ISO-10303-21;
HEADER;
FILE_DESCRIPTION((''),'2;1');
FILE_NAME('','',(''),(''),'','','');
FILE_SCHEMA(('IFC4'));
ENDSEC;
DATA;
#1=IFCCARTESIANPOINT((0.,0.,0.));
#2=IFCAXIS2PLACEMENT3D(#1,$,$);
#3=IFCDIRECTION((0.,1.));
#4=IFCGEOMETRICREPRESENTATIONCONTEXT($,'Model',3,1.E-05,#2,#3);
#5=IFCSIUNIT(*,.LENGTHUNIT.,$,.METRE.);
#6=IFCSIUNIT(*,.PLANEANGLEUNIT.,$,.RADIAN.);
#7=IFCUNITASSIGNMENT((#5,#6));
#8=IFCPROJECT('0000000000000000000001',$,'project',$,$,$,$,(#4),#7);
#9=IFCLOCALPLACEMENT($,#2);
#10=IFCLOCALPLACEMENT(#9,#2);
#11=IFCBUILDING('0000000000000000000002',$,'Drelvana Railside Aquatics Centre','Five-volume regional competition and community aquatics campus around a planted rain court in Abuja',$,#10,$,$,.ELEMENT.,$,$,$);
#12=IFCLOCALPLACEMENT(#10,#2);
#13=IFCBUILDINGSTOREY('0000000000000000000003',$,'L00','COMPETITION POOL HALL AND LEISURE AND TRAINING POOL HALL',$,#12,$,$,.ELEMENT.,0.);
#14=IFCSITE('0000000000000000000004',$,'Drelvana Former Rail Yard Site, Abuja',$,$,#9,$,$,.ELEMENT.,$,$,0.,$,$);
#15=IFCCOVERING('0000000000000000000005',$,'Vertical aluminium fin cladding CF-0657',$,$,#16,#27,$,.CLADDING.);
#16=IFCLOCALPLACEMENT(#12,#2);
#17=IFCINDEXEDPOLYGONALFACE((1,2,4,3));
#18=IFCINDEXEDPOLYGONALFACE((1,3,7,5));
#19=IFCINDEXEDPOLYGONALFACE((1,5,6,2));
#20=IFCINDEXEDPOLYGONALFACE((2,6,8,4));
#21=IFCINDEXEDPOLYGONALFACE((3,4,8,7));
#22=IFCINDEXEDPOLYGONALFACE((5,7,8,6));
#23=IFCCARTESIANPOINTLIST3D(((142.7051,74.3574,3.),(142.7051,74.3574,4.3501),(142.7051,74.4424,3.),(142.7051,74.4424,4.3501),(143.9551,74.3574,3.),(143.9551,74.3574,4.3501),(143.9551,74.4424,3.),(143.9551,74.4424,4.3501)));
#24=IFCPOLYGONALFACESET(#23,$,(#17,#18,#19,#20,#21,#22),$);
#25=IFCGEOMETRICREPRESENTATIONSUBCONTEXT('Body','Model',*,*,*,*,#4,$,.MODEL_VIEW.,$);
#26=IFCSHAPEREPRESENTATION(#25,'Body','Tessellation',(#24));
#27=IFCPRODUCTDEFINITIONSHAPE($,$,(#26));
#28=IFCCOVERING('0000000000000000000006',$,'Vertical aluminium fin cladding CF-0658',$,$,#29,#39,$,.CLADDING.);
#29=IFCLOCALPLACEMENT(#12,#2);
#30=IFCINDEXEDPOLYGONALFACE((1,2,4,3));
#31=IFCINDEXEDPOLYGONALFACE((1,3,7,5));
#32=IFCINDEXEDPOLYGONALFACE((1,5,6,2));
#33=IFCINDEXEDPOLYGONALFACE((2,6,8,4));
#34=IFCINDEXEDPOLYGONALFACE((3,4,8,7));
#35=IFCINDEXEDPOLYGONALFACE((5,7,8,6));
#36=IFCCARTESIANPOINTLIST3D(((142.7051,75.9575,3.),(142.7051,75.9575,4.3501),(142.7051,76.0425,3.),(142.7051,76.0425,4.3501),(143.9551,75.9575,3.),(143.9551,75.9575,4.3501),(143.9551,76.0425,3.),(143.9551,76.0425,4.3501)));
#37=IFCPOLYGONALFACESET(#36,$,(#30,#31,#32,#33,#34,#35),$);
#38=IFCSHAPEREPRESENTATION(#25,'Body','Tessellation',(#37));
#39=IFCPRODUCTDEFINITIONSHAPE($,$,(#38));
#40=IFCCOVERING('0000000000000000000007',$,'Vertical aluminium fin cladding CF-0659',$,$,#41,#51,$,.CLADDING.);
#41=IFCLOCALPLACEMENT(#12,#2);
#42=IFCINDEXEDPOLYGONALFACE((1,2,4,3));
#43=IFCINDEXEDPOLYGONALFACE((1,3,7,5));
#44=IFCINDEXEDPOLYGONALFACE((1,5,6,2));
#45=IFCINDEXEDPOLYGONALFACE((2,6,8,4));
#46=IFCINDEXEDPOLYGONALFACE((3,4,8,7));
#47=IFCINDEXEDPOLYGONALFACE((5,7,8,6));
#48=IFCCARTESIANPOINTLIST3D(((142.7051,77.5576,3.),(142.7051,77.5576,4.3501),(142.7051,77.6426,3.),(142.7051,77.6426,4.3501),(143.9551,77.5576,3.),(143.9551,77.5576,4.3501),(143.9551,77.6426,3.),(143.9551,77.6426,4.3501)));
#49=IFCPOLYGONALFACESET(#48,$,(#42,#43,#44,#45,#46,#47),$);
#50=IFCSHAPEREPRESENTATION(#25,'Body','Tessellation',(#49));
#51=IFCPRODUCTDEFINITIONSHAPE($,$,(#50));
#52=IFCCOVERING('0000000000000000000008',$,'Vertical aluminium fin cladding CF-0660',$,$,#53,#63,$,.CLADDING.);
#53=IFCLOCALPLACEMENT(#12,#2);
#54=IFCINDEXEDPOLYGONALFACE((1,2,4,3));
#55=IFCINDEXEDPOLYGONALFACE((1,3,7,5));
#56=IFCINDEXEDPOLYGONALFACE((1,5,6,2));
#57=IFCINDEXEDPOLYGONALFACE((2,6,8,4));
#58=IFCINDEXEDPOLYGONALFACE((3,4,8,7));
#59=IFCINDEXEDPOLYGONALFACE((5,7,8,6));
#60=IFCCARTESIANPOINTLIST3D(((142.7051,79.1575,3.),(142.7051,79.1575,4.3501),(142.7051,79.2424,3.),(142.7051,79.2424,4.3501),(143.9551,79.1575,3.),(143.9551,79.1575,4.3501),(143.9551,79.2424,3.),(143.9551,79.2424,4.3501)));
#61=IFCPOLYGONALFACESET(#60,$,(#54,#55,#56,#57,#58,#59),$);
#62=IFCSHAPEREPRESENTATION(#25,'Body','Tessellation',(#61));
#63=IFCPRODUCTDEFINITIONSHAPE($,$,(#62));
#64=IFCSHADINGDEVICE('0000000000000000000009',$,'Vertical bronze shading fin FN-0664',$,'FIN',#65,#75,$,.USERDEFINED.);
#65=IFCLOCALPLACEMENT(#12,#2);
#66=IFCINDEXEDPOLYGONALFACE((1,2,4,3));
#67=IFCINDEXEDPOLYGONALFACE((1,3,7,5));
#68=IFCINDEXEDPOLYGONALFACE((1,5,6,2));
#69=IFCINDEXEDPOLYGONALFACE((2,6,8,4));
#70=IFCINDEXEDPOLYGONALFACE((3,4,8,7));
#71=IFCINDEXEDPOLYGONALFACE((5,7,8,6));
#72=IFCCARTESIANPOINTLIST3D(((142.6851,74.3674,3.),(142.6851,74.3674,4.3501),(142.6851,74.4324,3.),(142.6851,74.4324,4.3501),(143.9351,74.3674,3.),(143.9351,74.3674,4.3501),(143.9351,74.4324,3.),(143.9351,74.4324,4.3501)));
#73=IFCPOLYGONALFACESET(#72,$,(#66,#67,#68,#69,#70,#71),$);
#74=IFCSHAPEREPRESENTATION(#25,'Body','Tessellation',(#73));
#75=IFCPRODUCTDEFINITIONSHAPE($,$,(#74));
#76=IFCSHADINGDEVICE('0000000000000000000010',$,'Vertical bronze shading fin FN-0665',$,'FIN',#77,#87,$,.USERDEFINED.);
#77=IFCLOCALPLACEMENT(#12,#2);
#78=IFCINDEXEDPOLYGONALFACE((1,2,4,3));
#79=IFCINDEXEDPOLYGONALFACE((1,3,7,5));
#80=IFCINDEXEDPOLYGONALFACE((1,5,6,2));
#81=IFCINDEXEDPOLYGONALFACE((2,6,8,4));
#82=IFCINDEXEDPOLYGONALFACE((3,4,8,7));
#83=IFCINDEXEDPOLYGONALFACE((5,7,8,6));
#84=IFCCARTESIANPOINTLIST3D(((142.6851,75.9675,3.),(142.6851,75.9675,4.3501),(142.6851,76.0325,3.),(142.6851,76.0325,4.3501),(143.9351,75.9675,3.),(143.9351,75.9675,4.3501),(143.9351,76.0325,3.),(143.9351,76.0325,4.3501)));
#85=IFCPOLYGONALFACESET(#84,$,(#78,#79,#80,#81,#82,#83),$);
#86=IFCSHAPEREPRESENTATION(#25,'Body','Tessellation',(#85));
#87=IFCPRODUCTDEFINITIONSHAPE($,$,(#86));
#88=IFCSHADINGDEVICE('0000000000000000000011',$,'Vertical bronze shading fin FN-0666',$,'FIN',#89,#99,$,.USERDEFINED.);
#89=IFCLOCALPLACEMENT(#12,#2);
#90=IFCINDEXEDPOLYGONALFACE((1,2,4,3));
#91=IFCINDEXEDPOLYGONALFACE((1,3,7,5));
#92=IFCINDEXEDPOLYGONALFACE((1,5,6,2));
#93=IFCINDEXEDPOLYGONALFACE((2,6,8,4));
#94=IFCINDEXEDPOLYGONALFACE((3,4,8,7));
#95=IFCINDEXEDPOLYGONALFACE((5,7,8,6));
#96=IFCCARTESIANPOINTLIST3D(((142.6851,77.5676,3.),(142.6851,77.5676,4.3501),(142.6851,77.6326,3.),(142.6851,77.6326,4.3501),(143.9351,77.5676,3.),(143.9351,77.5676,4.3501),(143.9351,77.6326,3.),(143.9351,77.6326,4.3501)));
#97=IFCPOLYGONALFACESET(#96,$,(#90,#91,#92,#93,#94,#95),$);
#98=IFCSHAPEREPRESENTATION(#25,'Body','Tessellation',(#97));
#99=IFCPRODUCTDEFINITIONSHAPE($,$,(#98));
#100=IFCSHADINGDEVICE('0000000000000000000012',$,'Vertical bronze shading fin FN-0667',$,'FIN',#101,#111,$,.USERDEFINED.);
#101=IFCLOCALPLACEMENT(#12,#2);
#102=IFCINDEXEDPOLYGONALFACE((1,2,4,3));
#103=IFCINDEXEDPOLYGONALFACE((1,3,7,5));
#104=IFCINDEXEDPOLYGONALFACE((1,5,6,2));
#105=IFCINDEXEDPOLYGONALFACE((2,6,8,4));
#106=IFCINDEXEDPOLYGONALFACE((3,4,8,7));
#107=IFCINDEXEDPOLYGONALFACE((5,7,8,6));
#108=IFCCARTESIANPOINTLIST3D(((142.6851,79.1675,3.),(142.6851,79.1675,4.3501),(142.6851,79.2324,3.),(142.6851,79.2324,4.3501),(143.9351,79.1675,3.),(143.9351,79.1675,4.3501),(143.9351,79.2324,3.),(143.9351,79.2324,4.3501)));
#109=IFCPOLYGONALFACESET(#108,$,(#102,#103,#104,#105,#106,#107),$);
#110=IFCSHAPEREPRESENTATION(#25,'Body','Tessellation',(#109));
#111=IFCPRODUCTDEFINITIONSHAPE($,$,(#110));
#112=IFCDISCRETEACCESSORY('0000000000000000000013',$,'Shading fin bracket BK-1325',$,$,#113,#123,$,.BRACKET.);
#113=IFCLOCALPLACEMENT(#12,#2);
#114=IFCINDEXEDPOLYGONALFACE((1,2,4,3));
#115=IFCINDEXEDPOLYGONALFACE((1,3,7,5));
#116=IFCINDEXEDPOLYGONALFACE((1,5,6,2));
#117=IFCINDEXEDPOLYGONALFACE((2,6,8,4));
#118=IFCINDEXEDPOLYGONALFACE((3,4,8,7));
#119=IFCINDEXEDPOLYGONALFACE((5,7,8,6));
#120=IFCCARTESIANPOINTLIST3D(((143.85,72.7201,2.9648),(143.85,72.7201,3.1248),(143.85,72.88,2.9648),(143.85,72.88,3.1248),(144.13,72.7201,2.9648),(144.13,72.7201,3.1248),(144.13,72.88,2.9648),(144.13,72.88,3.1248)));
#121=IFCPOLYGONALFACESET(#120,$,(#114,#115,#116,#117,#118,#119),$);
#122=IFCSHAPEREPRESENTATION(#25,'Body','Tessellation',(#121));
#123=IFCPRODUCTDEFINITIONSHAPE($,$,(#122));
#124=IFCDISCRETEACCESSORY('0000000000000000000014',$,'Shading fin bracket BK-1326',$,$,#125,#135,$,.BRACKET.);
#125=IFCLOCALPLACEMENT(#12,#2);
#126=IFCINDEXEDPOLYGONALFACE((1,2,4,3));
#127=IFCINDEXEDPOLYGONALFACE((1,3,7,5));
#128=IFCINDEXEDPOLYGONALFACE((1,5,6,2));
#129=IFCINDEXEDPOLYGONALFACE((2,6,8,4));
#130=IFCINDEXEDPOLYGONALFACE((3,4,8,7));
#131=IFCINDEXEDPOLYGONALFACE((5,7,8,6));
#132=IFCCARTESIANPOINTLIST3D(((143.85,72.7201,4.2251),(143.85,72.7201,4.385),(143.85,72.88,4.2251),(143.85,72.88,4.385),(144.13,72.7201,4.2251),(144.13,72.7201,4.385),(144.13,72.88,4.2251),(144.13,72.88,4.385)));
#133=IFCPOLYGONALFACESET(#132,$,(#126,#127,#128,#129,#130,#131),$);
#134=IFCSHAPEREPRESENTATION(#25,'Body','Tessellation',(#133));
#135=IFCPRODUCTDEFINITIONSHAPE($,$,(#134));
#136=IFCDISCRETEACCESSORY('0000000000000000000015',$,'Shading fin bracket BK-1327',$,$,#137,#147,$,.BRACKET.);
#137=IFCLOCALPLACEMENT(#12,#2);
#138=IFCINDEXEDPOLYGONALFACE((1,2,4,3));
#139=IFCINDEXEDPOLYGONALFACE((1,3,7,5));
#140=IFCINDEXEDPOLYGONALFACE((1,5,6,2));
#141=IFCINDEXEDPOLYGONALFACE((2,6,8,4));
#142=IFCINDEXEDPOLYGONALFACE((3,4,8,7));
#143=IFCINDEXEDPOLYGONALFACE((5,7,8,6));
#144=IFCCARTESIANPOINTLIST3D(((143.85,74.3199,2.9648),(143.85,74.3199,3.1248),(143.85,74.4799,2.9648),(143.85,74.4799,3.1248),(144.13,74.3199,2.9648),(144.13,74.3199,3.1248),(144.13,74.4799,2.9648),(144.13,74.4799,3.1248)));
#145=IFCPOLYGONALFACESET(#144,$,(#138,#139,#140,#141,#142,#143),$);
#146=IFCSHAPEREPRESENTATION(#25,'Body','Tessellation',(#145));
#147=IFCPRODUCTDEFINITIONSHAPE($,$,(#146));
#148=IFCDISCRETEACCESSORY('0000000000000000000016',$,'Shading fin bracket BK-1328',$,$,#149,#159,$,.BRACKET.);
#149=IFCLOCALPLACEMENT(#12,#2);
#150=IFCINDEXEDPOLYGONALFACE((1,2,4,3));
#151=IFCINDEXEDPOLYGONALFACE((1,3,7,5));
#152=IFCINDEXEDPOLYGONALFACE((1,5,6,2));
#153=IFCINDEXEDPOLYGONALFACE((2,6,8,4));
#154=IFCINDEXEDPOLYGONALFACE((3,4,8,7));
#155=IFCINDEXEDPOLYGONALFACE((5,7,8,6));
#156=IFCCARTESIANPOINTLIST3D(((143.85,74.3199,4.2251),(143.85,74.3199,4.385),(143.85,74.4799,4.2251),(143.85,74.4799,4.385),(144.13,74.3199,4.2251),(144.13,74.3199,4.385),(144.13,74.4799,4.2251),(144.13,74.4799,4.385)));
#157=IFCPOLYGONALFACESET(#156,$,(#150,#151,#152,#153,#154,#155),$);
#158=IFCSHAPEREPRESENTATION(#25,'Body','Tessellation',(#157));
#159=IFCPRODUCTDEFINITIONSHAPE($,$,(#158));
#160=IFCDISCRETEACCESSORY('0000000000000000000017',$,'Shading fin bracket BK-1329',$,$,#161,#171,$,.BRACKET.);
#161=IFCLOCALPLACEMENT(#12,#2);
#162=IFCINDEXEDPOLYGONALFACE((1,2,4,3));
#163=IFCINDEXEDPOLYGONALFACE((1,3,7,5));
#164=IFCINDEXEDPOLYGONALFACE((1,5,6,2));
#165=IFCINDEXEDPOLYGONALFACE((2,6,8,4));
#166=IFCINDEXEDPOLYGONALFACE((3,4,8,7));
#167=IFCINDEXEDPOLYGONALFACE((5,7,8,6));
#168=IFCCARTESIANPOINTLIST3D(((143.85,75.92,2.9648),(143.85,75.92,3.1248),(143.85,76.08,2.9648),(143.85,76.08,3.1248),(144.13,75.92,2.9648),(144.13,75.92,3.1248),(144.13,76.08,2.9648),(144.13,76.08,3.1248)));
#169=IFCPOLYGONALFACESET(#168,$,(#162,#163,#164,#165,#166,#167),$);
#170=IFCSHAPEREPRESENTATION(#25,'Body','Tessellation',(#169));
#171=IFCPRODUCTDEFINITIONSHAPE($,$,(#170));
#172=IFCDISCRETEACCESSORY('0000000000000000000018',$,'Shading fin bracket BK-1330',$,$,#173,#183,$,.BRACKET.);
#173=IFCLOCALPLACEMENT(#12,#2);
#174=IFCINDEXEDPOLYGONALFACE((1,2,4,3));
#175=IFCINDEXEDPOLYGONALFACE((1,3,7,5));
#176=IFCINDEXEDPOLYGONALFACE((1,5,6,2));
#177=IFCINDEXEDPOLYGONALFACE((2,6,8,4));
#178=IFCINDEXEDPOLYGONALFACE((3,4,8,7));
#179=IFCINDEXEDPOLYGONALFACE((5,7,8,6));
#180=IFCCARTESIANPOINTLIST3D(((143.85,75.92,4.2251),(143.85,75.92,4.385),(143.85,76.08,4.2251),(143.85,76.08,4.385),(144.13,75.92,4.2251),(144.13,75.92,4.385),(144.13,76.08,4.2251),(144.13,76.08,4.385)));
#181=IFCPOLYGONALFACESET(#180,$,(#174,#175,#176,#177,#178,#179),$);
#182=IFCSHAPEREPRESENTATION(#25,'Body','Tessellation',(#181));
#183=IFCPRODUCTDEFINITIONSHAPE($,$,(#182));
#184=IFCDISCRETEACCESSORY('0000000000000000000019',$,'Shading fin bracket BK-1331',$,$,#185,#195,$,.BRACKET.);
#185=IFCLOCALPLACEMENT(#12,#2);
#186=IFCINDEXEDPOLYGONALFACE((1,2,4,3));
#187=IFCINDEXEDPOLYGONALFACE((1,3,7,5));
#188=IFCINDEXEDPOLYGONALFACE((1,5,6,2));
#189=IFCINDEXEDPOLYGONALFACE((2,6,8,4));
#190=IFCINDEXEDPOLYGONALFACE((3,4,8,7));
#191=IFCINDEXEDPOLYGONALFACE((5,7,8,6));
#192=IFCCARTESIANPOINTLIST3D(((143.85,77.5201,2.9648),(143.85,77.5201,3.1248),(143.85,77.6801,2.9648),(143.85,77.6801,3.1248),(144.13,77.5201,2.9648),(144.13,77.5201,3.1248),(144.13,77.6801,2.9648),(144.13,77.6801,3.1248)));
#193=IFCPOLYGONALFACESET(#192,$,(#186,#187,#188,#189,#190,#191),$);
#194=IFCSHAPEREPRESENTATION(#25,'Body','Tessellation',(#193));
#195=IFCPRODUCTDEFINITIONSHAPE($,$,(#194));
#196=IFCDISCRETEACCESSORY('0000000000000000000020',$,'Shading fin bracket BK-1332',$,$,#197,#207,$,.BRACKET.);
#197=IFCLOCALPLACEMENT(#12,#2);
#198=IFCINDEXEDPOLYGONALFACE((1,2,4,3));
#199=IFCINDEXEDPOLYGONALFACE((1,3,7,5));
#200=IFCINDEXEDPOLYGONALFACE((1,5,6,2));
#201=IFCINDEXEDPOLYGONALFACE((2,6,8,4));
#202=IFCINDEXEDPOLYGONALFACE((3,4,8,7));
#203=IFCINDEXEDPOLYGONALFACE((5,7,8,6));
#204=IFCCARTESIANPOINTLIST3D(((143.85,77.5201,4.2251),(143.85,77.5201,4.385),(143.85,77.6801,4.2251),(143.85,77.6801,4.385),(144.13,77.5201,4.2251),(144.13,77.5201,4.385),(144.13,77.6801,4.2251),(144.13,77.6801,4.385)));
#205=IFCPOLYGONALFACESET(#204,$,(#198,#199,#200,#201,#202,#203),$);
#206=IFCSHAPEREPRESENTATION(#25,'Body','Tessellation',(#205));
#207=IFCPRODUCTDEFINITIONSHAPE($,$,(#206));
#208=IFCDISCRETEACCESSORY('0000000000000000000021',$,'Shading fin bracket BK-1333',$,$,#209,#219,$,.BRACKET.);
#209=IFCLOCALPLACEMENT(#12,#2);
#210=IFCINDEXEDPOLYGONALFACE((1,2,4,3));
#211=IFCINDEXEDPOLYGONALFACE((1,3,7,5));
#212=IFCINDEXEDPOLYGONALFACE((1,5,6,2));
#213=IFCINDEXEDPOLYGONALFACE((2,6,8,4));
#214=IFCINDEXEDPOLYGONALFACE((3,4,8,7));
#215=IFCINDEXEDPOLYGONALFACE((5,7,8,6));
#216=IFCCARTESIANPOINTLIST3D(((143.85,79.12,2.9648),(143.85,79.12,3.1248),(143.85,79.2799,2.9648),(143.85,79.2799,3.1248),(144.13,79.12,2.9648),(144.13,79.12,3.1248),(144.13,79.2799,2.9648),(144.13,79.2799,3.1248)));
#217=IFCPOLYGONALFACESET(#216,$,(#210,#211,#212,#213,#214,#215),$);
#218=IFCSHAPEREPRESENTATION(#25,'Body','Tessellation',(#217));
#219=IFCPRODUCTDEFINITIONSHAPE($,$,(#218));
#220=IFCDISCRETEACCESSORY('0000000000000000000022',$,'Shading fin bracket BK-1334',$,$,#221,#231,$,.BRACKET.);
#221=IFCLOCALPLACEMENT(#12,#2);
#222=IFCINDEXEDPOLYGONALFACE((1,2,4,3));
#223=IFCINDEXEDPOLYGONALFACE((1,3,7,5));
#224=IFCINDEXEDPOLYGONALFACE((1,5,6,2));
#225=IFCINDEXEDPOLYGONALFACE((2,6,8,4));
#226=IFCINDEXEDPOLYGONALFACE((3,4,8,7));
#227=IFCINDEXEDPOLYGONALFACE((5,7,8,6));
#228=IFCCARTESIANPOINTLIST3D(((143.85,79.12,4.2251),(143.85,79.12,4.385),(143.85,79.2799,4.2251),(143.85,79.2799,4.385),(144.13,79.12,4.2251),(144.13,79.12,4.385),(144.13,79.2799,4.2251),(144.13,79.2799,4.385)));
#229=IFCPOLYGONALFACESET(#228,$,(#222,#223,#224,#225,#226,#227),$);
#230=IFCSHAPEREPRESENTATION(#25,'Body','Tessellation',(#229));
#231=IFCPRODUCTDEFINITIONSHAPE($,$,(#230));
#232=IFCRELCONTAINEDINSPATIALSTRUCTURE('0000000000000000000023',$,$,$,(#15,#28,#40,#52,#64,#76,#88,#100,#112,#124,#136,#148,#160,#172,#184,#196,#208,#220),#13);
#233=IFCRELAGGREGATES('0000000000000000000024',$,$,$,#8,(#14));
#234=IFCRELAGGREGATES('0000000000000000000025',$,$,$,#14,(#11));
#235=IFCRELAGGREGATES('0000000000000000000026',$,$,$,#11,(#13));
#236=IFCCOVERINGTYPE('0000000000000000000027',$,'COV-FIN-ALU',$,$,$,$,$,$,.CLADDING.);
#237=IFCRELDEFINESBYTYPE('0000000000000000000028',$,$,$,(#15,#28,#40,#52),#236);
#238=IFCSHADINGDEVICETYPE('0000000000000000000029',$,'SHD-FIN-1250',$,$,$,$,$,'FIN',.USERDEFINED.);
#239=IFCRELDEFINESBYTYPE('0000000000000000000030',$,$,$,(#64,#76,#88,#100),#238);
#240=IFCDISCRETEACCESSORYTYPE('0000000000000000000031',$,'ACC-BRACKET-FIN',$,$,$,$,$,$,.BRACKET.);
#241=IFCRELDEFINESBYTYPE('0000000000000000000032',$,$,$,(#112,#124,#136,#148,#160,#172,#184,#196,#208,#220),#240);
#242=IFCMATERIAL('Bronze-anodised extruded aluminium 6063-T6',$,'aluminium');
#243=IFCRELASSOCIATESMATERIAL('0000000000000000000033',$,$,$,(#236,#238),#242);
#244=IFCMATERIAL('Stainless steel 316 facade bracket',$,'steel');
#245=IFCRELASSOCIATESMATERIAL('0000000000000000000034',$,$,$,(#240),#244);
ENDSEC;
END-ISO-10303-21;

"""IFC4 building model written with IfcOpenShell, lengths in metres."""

from ifc_helpers import new_model, si_unit, direction, frame, origin, origin_2d, place, context, subcontext, project, spatial, rectangle, extrude, material, type_object, element, save


model = new_model("IFC4")

# Units and contexts
model_context = context("Model", 3, precision=1e-05, world=origin(), true_north=direction((0.0, 1.0)))
body_context = subcontext(model_context, "Body", "Model", "MODEL_VIEW")
ifc_project = project(units=[si_unit("LENGTHUNIT", "METRE"), si_unit("PLANEANGLEUNIT", "RADIAN")], contexts=[model_context])

# Site, building, storey
site_placement = place(None, origin())
site = spatial("IfcSite", under=ifc_project, at=site_placement, Name="Drelvana Former Rail Yard Site, Abuja", CompositionType="ELEMENT", RefElevation=0.0)
building_placement = place(site_placement, origin())
building = spatial("IfcBuilding", under=site, at=building_placement, Name="Drelvana Railside Aquatics Centre", Description="Five-volume regional competition and community aquatics campus around a planted rain court in Abuja", CompositionType="ELEMENT")
storey_placement = place(building_placement, origin())
storey = spatial("IfcBuildingStorey", under=building, at=storey_placement, Name="L00", Description="COMPETITION POOL HALL AND LEISURE AND TRAINING POOL HALL", CompositionType="ELEMENT", Elevation=0.0)

# Coverings
ifc_material_1 = material(Name="Bronze-anodised extruded aluminium 6063-T6", Category="aluminium")
covering_type = type_object("IfcCoveringType", Name="COV-FIN-ALU", PredefinedType="CLADDING", material=ifc_material_1)
for number, where, z_axis, x_axis, name in (
    (1, (143.3301, 74.3999, 3.0), (0.0, 0.0, 1.0), (0.0, 1.0, 0.0), "Vertical aluminium fin cladding CF-0657"),
    (2, (143.3301, 76.0, 3.0), (0.0, 0.0, 1.0), (0.0, 1.0, 0.0), "Vertical aluminium fin cladding CF-0658"),
    (3, (143.3301, 77.6001, 3.0), (0.0, 0.0, 1.0), (0.0, 1.0, 0.0), "Vertical aluminium fin cladding CF-0659"),
    (4, (143.3301, 79.2, 3.0), (0.0, 0.0, 1.0), (0.0, 1.0, 0.0), "Vertical aluminium fin cladding CF-0660"),
):
    element("IfcCovering", number, at=place(storey_placement, frame(where, z_axis=z_axis, x_axis=x_axis)), inside=storey, type_object=covering_type, Name=name, PredefinedType="CLADDING", context=body_context, shape_type="SweptSolid", body=[
        extrude(rectangle(XDim=0.085, YDim=1.25, at=origin_2d()), origin(), (0.0, 0.0, 1.0), 1.3501),
    ])

# Shading devices
shading_device_type = type_object("IfcShadingDeviceType", Name="SHD-FIN-1250", ElementType="FIN", PredefinedType="USERDEFINED", material=ifc_material_1)
for number, where, z_axis, x_axis, name in (
    (5, (143.3101, 74.3999, 3.0), (0.0, 0.0, 1.0), (-1.0, 0.0, 0.0), "Vertical bronze shading fin FN-0664"),
    (6, (143.3101, 76.0, 3.0), (0.0, 0.0, 1.0), (-1.0, 0.0, 0.0), "Vertical bronze shading fin FN-0665"),
    (7, (143.3101, 77.6001, 3.0), (0.0, 0.0, 1.0), (-1.0, 0.0, 0.0), "Vertical bronze shading fin FN-0666"),
    (8, (143.3101, 79.2, 3.0), (0.0, 0.0, 1.0), (-1.0, 0.0, 0.0), "Vertical bronze shading fin FN-0667"),
):
    element("IfcShadingDevice", number, at=place(storey_placement, frame(where, z_axis=z_axis, x_axis=x_axis)), inside=storey, type_object=shading_device_type, Name=name, ObjectType="FIN", PredefinedType="USERDEFINED", context=body_context, shape_type="SweptSolid", body=[
        extrude(rectangle(XDim=1.25, YDim=0.0649, at=origin_2d()), origin(), (0.0, 0.0, 1.0), 1.3501),
    ])

# Discrete accessories
ifc_material_2 = material(Name="Stainless steel 316 facade bracket", Category="steel")
discrete_accessory_type = type_object("IfcDiscreteAccessoryType", Name="ACC-BRACKET-FIN", PredefinedType="BRACKET", material=ifc_material_2)
for number, where, z_axis, x_axis, name in (
    (9, (143.99, 72.8, 2.9648), (0.0, 0.0, 1.0), (-1.0, 0.0, 0.0), "Shading fin bracket BK-1325"),
    (10, (143.99, 72.8, 4.2251), (0.0, 0.0, 1.0), (-1.0, 0.0, 0.0), "Shading fin bracket BK-1326"),
    (11, (143.99, 74.3999, 2.9648), (0.0, 0.0, 1.0), (-1.0, 0.0, 0.0), "Shading fin bracket BK-1327"),
    (12, (143.99, 74.3999, 4.2251), (0.0, 0.0, 1.0), (-1.0, 0.0, 0.0), "Shading fin bracket BK-1328"),
    (13, (143.99, 76.0, 2.9648), (0.0, 0.0, 1.0), (-1.0, 0.0, 0.0), "Shading fin bracket BK-1329"),
    (14, (143.99, 76.0, 4.2251), (0.0, 0.0, 1.0), (-1.0, 0.0, 0.0), "Shading fin bracket BK-1330"),
    (15, (143.99, 77.6001, 2.9648), (0.0, 0.0, 1.0), (-1.0, 0.0, 0.0), "Shading fin bracket BK-1331"),
    (16, (143.99, 77.6001, 4.2251), (0.0, 0.0, 1.0), (-1.0, 0.0, 0.0), "Shading fin bracket BK-1332"),
    (17, (143.99, 79.2, 2.9648), (0.0, 0.0, 1.0), (-1.0, 0.0, 0.0), "Shading fin bracket BK-1333"),
    (18, (143.99, 79.2, 4.2251), (0.0, 0.0, 1.0), (-1.0, 0.0, 0.0), "Shading fin bracket BK-1334"),
):
    element("IfcDiscreteAccessory", number, at=place(storey_placement, frame(where, z_axis=z_axis, x_axis=x_axis)), inside=storey, type_object=discrete_accessory_type, Name=name, PredefinedType="BRACKET", context=body_context, shape_type="SweptSolid", body=[
        extrude(rectangle(XDim=0.28, YDim=0.1599, at=origin_2d()), origin(), (0.0, 0.0, 1.0), 0.1599),
    ])

save(model, "model.ifc")
